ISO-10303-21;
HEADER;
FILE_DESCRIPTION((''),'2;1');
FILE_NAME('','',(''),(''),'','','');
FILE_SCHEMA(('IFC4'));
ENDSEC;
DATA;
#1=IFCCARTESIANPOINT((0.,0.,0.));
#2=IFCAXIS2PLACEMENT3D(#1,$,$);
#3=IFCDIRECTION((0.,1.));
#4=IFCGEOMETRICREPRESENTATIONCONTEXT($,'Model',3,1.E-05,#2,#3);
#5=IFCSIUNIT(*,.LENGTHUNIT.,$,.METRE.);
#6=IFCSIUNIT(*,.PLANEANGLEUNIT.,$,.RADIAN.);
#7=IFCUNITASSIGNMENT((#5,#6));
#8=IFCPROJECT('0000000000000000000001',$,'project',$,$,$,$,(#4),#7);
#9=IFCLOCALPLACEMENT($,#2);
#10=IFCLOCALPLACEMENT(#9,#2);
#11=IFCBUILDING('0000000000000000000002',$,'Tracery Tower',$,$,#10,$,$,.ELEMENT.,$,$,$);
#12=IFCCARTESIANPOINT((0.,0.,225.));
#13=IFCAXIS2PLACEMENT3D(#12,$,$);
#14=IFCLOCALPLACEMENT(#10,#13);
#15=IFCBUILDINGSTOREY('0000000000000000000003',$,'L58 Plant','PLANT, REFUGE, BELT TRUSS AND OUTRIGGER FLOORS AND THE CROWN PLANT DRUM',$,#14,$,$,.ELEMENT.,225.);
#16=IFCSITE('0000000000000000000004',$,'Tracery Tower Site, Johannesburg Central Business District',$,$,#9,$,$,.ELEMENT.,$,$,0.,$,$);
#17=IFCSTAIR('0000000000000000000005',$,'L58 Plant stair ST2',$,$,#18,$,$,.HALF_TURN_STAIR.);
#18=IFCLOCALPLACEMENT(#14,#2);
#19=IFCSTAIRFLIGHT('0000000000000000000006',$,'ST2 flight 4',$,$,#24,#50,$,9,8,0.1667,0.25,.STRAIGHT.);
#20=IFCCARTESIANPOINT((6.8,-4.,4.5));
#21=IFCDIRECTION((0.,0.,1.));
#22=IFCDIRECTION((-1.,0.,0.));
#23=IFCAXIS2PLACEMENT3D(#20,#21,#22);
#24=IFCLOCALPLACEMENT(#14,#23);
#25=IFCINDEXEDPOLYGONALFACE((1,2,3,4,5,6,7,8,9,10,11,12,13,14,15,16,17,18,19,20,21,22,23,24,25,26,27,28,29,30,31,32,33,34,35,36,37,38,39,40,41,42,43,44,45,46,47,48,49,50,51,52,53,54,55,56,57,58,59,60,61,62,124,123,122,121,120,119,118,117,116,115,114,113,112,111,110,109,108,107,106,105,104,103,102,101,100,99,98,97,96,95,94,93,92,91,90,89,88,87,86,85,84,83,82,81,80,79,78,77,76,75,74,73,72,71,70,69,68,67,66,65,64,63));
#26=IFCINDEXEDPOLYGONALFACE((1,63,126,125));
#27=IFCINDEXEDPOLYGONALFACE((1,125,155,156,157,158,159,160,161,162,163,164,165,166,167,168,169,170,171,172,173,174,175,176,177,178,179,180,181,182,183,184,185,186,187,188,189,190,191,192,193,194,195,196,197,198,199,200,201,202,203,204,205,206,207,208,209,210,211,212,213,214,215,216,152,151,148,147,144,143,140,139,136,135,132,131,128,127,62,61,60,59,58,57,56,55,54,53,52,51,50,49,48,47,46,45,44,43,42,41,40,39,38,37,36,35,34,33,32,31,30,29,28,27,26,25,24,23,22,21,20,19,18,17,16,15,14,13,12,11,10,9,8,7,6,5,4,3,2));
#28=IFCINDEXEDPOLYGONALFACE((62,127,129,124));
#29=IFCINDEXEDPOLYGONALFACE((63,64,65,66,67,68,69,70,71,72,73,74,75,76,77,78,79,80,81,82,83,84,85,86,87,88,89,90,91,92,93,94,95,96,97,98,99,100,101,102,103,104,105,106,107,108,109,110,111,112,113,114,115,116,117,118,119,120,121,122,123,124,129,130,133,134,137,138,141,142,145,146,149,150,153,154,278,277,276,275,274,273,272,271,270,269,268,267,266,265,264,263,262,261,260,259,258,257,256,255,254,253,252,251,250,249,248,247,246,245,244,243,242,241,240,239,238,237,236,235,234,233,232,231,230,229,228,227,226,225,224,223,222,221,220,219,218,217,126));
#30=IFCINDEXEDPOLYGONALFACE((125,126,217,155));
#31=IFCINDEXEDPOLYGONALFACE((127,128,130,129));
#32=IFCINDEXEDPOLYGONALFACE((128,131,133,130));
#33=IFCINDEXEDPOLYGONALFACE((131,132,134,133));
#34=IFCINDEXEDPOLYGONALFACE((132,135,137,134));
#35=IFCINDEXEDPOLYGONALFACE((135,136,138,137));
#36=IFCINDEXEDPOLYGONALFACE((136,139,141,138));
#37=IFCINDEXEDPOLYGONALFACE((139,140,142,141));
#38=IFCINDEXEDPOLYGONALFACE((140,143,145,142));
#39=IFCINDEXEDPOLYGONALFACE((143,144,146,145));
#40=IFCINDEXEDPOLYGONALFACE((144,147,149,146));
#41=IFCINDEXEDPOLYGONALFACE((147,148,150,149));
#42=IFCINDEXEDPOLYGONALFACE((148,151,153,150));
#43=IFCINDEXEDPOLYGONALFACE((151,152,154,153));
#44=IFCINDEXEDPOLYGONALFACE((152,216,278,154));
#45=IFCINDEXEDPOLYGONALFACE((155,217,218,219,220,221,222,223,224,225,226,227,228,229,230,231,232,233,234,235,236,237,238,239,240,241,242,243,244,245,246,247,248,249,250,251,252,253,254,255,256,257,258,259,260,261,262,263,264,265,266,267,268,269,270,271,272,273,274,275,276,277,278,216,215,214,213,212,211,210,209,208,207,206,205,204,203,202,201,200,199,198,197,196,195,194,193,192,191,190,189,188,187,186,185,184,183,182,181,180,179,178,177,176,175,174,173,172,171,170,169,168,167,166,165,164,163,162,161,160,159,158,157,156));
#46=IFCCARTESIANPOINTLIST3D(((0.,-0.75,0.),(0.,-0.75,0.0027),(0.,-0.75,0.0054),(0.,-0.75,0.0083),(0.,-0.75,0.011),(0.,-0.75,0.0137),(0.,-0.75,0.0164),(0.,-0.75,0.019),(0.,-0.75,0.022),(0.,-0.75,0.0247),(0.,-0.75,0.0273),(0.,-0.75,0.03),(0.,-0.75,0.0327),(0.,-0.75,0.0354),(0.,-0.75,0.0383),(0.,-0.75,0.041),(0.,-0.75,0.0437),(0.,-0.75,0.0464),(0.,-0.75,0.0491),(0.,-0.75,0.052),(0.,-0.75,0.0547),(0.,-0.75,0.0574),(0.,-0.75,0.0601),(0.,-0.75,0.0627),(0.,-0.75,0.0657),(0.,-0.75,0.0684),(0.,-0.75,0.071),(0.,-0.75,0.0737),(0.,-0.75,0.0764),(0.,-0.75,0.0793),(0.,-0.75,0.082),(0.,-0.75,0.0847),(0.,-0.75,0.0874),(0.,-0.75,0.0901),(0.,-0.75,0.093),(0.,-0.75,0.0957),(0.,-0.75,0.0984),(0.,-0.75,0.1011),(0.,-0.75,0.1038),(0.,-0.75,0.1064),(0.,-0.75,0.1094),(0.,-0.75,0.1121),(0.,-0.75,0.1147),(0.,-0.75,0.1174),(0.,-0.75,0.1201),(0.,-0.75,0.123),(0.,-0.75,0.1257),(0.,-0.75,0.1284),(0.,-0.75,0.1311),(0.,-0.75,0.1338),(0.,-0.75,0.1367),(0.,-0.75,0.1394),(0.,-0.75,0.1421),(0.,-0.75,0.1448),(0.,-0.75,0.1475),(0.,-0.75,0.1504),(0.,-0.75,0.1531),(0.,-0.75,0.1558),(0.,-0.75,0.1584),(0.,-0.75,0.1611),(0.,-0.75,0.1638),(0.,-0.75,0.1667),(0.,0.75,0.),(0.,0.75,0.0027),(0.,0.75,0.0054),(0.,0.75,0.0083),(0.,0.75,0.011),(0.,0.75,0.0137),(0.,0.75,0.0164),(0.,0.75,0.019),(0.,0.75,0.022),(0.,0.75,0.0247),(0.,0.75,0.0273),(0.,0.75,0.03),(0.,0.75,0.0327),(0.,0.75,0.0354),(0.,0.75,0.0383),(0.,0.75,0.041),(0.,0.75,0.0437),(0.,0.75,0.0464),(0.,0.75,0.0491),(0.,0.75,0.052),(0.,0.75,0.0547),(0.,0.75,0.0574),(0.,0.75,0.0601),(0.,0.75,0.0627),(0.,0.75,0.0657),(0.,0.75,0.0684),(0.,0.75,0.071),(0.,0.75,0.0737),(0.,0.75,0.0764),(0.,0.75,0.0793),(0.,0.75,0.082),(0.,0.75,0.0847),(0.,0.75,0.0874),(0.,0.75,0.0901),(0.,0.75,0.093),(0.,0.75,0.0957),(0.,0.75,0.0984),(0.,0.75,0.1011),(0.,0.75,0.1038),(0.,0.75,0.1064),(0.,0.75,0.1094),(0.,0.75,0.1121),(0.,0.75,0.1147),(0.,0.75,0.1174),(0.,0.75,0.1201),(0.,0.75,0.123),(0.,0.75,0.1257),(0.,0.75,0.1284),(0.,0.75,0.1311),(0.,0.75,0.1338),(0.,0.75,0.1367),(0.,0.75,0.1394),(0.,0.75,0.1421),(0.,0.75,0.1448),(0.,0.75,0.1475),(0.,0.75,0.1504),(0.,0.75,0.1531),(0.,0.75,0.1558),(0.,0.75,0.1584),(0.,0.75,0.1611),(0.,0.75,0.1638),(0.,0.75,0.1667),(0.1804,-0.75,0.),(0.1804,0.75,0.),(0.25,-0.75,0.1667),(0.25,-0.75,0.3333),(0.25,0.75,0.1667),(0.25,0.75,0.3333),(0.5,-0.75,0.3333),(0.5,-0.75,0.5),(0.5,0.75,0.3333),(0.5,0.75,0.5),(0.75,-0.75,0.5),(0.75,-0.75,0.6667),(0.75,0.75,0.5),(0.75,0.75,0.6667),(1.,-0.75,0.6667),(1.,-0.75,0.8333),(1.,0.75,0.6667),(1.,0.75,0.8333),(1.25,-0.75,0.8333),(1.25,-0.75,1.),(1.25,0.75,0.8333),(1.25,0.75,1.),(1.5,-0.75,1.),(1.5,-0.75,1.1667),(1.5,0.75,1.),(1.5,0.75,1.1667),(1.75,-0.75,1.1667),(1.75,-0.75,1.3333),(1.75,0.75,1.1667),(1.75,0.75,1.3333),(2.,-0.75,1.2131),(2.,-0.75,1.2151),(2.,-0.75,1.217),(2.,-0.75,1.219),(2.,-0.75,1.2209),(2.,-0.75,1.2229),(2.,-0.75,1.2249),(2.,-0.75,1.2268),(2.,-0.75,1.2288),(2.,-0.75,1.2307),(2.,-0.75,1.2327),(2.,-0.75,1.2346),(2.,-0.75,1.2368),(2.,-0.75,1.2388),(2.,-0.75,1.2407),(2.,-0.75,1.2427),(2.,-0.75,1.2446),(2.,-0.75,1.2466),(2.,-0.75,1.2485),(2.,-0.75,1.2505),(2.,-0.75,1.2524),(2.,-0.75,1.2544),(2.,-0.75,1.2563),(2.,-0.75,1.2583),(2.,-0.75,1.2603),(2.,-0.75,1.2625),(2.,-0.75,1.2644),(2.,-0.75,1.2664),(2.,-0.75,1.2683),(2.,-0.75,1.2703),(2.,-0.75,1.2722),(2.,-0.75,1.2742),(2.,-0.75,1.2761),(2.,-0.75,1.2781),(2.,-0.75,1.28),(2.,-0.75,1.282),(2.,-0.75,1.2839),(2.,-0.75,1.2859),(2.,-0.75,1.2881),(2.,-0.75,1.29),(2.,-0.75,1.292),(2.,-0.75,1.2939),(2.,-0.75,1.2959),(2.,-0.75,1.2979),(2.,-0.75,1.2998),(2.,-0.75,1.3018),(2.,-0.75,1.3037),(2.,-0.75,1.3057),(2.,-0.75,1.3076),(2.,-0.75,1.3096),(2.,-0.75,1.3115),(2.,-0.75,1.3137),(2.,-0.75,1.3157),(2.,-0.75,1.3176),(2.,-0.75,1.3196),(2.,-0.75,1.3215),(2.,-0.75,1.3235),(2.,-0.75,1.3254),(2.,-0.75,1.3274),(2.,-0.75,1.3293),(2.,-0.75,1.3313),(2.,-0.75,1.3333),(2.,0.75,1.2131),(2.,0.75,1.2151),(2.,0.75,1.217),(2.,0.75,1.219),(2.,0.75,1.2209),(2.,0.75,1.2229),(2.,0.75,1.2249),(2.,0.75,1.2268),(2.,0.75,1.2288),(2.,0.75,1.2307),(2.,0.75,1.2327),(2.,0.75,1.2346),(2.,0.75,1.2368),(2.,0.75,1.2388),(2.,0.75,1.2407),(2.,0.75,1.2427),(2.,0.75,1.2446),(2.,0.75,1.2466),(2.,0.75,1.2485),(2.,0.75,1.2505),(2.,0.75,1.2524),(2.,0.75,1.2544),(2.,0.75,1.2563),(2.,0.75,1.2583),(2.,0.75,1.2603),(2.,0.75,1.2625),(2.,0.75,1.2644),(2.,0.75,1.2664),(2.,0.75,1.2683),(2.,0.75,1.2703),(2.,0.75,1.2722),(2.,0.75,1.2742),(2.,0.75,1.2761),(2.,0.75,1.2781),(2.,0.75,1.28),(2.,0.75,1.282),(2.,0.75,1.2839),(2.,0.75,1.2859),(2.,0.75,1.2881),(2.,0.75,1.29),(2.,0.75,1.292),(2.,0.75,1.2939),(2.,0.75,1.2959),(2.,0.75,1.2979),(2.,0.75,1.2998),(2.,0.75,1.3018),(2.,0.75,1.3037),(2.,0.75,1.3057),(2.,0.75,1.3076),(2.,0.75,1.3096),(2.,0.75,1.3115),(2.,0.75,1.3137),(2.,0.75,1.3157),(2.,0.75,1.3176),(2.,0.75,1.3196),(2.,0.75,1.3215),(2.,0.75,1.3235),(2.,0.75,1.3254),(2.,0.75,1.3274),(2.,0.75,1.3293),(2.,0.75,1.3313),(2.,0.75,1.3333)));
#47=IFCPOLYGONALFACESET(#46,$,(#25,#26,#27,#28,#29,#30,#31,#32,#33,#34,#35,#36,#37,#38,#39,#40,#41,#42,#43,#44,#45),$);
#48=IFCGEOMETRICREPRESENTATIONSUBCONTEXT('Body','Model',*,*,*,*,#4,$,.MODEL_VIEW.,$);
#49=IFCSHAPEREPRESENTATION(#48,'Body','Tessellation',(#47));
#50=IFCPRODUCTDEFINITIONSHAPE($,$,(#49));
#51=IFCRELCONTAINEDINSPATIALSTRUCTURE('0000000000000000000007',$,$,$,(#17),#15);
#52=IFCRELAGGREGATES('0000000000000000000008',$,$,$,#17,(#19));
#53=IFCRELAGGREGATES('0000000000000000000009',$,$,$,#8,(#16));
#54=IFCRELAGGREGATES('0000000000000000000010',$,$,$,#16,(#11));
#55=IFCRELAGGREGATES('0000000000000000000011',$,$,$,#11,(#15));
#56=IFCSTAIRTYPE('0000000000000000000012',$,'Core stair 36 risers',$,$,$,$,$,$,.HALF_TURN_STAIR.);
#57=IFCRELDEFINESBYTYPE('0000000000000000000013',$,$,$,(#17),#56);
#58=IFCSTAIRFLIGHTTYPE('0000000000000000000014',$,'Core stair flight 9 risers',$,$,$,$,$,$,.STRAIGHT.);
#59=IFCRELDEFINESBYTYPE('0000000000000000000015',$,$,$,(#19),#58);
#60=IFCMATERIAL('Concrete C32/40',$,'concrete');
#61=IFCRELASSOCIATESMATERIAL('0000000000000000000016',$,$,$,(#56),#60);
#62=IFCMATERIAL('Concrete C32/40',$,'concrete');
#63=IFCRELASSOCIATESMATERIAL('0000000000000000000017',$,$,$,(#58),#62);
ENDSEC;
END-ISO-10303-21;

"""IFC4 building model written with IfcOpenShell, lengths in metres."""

from ifc_helpers import new_model, si_unit, direction, frame, origin, place, context, subcontext, project, spatial, polyline, outline, extrude, material, type_object, element, aggregate, save


model = new_model("IFC4")

# Units and contexts
model_context = context("Model", 3, precision=1e-05, world=origin(), true_north=direction((0.0, 1.0)))
body_context = subcontext(model_context, "Body", "Model", "MODEL_VIEW")
ifc_project = project(units=[si_unit("LENGTHUNIT", "METRE"), si_unit("PLANEANGLEUNIT", "RADIAN")], contexts=[model_context])

# Site, building, storey
site_placement = place(None, origin())
site = spatial("IfcSite", under=ifc_project, at=site_placement, Name="Tracery Tower Site, Johannesburg Central Business District", CompositionType="ELEMENT", RefElevation=0.0)
building_placement = place(site_placement, origin())
building = spatial("IfcBuilding", under=site, at=building_placement, Name="Tracery Tower", CompositionType="ELEMENT")
storey_placement = place(building_placement, frame((0.0, 0.0, 225.0)))
storey = spatial("IfcBuildingStorey", under=building, at=storey_placement, Name="L58 Plant", Description="PLANT, REFUGE, BELT TRUSS AND OUTRIGGER FLOORS AND THE CROWN PLANT DRUM", CompositionType="ELEMENT", Elevation=225.0)

# Stair, stair flight
ifc_material_1 = material(Name="Concrete C32/40", Category="concrete")
stair_type = type_object("IfcStairType", Name="Core stair 36 risers", PredefinedType="HALF_TURN_STAIR", material=ifc_material_1)
stair_placement = place(storey_placement, origin())
stair = element("IfcStair", 1, at=stair_placement, inside=storey, type_object=stair_type, Name="L58 Plant stair ST2", PredefinedType="HALF_TURN_STAIR")
ifc_material_2 = material(Name="Concrete C32/40", Category="concrete")
stair_flight_type = type_object("IfcStairFlightType", Name="Core stair flight 9 risers", PredefinedType="STRAIGHT", material=ifc_material_2)
stair_flight_1_placement = place(storey_placement, frame((6.8, -4.0, 4.5), z_axis=(0.0, 0.0, 1.0), x_axis=(-1.0, 0.0, 0.0)))
stair_flight_1 = element("IfcStairFlight", 2, at=stair_flight_1_placement, type_object=stair_flight_type, Name="ST2 flight 4", NumberOfRisers=9, NumberOfTreads=8, PredefinedType="STRAIGHT", RiserHeight=0.1667, TreadLength=0.25, context=body_context, shape_type="SweptSolid", body=[
    extrude(outline(polyline([(0.0, 0.0), (0.0, 0.0027), (0.0, 0.0054), (0.0, 0.0083), (0.0, 0.011), (0.0, 0.0137), (0.0, 0.0164), (0.0, 0.019), (0.0, 0.022), (0.0, 0.0247), (0.0, 0.0273), (0.0, 0.03), (0.0, 0.0327), (0.0, 0.0354), (0.0, 0.0383), (0.0, 0.041), (0.0, 0.0437), (0.0, 0.0464), (0.0, 0.0491), (0.0, 0.052), (0.0, 0.0547), (0.0, 0.0574), (0.0, 0.0601), (0.0, 0.0627), (0.0, 0.0657), (0.0, 0.0684), (0.0, 0.071), (0.0, 0.0737), (0.0, 0.0764), (0.0, 0.0793), (0.0, 0.082), (0.0, 0.0847), (0.0, 0.0874), (0.0, 0.0901), (0.0, 0.093), (0.0, 0.0957), (0.0, 0.0984), (0.0, 0.1011), (0.0, 0.1038), (0.0, 0.1064), (0.0, 0.1094), (0.0, 0.1121), (0.0, 0.1147), (0.0, 0.1174), (0.0, 0.1201), (0.0, 0.123), (0.0, 0.1257), (0.0, 0.1284), (0.0, 0.1311), (0.0, 0.1338), (0.0, 0.1367), (0.0, 0.1394), (0.0, 0.1421), (0.0, 0.1448), (0.0, 0.1475), (0.0, 0.1504), (0.0, 0.1531), (0.0, 0.1558), (0.0, 0.1584), (0.0, 0.1611), (0.0, 0.1638), (0.0, 0.1667), (0.25, 0.1667), (0.25, 0.3333), (0.5, 0.3333), (0.5, 0.5), (0.75, 0.5), (0.75, 0.6667), (1.0, 0.6667), (1.0, 0.8333), (1.25, 0.8333), (1.25, 1.0), (1.5, 1.0), (1.5, 1.1667), (1.75, 1.1667), (1.75, 1.3333), (2.0, 1.3333), (2.0, 1.3313), (2.0, 1.3293), (2.0, 1.3274), (2.0, 1.3254), (2.0, 1.3235), (2.0, 1.3215), (2.0, 1.3196), (2.0, 1.3176), (2.0, 1.3157), (2.0, 1.3137), (2.0, 1.3115), (2.0, 1.3096), (2.0, 1.3076), (2.0, 1.3057), (2.0, 1.3037), (2.0, 1.3018), (2.0, 1.2998), (2.0, 1.2979), (2.0, 1.2959), (2.0, 1.2939), (2.0, 1.292), (2.0, 1.29), (2.0, 1.2881), (2.0, 1.2859), (2.0, 1.2839), (2.0, 1.282), (2.0, 1.28), (2.0, 1.2781), (2.0, 1.2761), (2.0, 1.2742), (2.0, 1.2722), (2.0, 1.2703), (2.0, 1.2683), (2.0, 1.2664), (2.0, 1.2644), (2.0, 1.2625), (2.0, 1.2603), (2.0, 1.2583), (2.0, 1.2563), (2.0, 1.2544), (2.0, 1.2524), (2.0, 1.2505), (2.0, 1.2485), (2.0, 1.2466), (2.0, 1.2446), (2.0, 1.2427), (2.0, 1.2407), (2.0, 1.2388), (2.0, 1.2368), (2.0, 1.2346), (2.0, 1.2327), (2.0, 1.2307), (2.0, 1.2288), (2.0, 1.2268), (2.0, 1.2249), (2.0, 1.2229), (2.0, 1.2209), (2.0, 1.219), (2.0, 1.217), (2.0, 1.2151), (2.0, 1.2131), (0.1804, 0.0), (0.0, 0.0)])), frame((0.0, 0.75, 0.0), z_axis=(0.0, -1.0, 0.0), x_axis=(1.0, 0.0, 0.0)), (0.0, 0.0, 1.0), 1.5),
])
aggregate(stair, [stair_flight_1])

save(model, "model.ifc")
